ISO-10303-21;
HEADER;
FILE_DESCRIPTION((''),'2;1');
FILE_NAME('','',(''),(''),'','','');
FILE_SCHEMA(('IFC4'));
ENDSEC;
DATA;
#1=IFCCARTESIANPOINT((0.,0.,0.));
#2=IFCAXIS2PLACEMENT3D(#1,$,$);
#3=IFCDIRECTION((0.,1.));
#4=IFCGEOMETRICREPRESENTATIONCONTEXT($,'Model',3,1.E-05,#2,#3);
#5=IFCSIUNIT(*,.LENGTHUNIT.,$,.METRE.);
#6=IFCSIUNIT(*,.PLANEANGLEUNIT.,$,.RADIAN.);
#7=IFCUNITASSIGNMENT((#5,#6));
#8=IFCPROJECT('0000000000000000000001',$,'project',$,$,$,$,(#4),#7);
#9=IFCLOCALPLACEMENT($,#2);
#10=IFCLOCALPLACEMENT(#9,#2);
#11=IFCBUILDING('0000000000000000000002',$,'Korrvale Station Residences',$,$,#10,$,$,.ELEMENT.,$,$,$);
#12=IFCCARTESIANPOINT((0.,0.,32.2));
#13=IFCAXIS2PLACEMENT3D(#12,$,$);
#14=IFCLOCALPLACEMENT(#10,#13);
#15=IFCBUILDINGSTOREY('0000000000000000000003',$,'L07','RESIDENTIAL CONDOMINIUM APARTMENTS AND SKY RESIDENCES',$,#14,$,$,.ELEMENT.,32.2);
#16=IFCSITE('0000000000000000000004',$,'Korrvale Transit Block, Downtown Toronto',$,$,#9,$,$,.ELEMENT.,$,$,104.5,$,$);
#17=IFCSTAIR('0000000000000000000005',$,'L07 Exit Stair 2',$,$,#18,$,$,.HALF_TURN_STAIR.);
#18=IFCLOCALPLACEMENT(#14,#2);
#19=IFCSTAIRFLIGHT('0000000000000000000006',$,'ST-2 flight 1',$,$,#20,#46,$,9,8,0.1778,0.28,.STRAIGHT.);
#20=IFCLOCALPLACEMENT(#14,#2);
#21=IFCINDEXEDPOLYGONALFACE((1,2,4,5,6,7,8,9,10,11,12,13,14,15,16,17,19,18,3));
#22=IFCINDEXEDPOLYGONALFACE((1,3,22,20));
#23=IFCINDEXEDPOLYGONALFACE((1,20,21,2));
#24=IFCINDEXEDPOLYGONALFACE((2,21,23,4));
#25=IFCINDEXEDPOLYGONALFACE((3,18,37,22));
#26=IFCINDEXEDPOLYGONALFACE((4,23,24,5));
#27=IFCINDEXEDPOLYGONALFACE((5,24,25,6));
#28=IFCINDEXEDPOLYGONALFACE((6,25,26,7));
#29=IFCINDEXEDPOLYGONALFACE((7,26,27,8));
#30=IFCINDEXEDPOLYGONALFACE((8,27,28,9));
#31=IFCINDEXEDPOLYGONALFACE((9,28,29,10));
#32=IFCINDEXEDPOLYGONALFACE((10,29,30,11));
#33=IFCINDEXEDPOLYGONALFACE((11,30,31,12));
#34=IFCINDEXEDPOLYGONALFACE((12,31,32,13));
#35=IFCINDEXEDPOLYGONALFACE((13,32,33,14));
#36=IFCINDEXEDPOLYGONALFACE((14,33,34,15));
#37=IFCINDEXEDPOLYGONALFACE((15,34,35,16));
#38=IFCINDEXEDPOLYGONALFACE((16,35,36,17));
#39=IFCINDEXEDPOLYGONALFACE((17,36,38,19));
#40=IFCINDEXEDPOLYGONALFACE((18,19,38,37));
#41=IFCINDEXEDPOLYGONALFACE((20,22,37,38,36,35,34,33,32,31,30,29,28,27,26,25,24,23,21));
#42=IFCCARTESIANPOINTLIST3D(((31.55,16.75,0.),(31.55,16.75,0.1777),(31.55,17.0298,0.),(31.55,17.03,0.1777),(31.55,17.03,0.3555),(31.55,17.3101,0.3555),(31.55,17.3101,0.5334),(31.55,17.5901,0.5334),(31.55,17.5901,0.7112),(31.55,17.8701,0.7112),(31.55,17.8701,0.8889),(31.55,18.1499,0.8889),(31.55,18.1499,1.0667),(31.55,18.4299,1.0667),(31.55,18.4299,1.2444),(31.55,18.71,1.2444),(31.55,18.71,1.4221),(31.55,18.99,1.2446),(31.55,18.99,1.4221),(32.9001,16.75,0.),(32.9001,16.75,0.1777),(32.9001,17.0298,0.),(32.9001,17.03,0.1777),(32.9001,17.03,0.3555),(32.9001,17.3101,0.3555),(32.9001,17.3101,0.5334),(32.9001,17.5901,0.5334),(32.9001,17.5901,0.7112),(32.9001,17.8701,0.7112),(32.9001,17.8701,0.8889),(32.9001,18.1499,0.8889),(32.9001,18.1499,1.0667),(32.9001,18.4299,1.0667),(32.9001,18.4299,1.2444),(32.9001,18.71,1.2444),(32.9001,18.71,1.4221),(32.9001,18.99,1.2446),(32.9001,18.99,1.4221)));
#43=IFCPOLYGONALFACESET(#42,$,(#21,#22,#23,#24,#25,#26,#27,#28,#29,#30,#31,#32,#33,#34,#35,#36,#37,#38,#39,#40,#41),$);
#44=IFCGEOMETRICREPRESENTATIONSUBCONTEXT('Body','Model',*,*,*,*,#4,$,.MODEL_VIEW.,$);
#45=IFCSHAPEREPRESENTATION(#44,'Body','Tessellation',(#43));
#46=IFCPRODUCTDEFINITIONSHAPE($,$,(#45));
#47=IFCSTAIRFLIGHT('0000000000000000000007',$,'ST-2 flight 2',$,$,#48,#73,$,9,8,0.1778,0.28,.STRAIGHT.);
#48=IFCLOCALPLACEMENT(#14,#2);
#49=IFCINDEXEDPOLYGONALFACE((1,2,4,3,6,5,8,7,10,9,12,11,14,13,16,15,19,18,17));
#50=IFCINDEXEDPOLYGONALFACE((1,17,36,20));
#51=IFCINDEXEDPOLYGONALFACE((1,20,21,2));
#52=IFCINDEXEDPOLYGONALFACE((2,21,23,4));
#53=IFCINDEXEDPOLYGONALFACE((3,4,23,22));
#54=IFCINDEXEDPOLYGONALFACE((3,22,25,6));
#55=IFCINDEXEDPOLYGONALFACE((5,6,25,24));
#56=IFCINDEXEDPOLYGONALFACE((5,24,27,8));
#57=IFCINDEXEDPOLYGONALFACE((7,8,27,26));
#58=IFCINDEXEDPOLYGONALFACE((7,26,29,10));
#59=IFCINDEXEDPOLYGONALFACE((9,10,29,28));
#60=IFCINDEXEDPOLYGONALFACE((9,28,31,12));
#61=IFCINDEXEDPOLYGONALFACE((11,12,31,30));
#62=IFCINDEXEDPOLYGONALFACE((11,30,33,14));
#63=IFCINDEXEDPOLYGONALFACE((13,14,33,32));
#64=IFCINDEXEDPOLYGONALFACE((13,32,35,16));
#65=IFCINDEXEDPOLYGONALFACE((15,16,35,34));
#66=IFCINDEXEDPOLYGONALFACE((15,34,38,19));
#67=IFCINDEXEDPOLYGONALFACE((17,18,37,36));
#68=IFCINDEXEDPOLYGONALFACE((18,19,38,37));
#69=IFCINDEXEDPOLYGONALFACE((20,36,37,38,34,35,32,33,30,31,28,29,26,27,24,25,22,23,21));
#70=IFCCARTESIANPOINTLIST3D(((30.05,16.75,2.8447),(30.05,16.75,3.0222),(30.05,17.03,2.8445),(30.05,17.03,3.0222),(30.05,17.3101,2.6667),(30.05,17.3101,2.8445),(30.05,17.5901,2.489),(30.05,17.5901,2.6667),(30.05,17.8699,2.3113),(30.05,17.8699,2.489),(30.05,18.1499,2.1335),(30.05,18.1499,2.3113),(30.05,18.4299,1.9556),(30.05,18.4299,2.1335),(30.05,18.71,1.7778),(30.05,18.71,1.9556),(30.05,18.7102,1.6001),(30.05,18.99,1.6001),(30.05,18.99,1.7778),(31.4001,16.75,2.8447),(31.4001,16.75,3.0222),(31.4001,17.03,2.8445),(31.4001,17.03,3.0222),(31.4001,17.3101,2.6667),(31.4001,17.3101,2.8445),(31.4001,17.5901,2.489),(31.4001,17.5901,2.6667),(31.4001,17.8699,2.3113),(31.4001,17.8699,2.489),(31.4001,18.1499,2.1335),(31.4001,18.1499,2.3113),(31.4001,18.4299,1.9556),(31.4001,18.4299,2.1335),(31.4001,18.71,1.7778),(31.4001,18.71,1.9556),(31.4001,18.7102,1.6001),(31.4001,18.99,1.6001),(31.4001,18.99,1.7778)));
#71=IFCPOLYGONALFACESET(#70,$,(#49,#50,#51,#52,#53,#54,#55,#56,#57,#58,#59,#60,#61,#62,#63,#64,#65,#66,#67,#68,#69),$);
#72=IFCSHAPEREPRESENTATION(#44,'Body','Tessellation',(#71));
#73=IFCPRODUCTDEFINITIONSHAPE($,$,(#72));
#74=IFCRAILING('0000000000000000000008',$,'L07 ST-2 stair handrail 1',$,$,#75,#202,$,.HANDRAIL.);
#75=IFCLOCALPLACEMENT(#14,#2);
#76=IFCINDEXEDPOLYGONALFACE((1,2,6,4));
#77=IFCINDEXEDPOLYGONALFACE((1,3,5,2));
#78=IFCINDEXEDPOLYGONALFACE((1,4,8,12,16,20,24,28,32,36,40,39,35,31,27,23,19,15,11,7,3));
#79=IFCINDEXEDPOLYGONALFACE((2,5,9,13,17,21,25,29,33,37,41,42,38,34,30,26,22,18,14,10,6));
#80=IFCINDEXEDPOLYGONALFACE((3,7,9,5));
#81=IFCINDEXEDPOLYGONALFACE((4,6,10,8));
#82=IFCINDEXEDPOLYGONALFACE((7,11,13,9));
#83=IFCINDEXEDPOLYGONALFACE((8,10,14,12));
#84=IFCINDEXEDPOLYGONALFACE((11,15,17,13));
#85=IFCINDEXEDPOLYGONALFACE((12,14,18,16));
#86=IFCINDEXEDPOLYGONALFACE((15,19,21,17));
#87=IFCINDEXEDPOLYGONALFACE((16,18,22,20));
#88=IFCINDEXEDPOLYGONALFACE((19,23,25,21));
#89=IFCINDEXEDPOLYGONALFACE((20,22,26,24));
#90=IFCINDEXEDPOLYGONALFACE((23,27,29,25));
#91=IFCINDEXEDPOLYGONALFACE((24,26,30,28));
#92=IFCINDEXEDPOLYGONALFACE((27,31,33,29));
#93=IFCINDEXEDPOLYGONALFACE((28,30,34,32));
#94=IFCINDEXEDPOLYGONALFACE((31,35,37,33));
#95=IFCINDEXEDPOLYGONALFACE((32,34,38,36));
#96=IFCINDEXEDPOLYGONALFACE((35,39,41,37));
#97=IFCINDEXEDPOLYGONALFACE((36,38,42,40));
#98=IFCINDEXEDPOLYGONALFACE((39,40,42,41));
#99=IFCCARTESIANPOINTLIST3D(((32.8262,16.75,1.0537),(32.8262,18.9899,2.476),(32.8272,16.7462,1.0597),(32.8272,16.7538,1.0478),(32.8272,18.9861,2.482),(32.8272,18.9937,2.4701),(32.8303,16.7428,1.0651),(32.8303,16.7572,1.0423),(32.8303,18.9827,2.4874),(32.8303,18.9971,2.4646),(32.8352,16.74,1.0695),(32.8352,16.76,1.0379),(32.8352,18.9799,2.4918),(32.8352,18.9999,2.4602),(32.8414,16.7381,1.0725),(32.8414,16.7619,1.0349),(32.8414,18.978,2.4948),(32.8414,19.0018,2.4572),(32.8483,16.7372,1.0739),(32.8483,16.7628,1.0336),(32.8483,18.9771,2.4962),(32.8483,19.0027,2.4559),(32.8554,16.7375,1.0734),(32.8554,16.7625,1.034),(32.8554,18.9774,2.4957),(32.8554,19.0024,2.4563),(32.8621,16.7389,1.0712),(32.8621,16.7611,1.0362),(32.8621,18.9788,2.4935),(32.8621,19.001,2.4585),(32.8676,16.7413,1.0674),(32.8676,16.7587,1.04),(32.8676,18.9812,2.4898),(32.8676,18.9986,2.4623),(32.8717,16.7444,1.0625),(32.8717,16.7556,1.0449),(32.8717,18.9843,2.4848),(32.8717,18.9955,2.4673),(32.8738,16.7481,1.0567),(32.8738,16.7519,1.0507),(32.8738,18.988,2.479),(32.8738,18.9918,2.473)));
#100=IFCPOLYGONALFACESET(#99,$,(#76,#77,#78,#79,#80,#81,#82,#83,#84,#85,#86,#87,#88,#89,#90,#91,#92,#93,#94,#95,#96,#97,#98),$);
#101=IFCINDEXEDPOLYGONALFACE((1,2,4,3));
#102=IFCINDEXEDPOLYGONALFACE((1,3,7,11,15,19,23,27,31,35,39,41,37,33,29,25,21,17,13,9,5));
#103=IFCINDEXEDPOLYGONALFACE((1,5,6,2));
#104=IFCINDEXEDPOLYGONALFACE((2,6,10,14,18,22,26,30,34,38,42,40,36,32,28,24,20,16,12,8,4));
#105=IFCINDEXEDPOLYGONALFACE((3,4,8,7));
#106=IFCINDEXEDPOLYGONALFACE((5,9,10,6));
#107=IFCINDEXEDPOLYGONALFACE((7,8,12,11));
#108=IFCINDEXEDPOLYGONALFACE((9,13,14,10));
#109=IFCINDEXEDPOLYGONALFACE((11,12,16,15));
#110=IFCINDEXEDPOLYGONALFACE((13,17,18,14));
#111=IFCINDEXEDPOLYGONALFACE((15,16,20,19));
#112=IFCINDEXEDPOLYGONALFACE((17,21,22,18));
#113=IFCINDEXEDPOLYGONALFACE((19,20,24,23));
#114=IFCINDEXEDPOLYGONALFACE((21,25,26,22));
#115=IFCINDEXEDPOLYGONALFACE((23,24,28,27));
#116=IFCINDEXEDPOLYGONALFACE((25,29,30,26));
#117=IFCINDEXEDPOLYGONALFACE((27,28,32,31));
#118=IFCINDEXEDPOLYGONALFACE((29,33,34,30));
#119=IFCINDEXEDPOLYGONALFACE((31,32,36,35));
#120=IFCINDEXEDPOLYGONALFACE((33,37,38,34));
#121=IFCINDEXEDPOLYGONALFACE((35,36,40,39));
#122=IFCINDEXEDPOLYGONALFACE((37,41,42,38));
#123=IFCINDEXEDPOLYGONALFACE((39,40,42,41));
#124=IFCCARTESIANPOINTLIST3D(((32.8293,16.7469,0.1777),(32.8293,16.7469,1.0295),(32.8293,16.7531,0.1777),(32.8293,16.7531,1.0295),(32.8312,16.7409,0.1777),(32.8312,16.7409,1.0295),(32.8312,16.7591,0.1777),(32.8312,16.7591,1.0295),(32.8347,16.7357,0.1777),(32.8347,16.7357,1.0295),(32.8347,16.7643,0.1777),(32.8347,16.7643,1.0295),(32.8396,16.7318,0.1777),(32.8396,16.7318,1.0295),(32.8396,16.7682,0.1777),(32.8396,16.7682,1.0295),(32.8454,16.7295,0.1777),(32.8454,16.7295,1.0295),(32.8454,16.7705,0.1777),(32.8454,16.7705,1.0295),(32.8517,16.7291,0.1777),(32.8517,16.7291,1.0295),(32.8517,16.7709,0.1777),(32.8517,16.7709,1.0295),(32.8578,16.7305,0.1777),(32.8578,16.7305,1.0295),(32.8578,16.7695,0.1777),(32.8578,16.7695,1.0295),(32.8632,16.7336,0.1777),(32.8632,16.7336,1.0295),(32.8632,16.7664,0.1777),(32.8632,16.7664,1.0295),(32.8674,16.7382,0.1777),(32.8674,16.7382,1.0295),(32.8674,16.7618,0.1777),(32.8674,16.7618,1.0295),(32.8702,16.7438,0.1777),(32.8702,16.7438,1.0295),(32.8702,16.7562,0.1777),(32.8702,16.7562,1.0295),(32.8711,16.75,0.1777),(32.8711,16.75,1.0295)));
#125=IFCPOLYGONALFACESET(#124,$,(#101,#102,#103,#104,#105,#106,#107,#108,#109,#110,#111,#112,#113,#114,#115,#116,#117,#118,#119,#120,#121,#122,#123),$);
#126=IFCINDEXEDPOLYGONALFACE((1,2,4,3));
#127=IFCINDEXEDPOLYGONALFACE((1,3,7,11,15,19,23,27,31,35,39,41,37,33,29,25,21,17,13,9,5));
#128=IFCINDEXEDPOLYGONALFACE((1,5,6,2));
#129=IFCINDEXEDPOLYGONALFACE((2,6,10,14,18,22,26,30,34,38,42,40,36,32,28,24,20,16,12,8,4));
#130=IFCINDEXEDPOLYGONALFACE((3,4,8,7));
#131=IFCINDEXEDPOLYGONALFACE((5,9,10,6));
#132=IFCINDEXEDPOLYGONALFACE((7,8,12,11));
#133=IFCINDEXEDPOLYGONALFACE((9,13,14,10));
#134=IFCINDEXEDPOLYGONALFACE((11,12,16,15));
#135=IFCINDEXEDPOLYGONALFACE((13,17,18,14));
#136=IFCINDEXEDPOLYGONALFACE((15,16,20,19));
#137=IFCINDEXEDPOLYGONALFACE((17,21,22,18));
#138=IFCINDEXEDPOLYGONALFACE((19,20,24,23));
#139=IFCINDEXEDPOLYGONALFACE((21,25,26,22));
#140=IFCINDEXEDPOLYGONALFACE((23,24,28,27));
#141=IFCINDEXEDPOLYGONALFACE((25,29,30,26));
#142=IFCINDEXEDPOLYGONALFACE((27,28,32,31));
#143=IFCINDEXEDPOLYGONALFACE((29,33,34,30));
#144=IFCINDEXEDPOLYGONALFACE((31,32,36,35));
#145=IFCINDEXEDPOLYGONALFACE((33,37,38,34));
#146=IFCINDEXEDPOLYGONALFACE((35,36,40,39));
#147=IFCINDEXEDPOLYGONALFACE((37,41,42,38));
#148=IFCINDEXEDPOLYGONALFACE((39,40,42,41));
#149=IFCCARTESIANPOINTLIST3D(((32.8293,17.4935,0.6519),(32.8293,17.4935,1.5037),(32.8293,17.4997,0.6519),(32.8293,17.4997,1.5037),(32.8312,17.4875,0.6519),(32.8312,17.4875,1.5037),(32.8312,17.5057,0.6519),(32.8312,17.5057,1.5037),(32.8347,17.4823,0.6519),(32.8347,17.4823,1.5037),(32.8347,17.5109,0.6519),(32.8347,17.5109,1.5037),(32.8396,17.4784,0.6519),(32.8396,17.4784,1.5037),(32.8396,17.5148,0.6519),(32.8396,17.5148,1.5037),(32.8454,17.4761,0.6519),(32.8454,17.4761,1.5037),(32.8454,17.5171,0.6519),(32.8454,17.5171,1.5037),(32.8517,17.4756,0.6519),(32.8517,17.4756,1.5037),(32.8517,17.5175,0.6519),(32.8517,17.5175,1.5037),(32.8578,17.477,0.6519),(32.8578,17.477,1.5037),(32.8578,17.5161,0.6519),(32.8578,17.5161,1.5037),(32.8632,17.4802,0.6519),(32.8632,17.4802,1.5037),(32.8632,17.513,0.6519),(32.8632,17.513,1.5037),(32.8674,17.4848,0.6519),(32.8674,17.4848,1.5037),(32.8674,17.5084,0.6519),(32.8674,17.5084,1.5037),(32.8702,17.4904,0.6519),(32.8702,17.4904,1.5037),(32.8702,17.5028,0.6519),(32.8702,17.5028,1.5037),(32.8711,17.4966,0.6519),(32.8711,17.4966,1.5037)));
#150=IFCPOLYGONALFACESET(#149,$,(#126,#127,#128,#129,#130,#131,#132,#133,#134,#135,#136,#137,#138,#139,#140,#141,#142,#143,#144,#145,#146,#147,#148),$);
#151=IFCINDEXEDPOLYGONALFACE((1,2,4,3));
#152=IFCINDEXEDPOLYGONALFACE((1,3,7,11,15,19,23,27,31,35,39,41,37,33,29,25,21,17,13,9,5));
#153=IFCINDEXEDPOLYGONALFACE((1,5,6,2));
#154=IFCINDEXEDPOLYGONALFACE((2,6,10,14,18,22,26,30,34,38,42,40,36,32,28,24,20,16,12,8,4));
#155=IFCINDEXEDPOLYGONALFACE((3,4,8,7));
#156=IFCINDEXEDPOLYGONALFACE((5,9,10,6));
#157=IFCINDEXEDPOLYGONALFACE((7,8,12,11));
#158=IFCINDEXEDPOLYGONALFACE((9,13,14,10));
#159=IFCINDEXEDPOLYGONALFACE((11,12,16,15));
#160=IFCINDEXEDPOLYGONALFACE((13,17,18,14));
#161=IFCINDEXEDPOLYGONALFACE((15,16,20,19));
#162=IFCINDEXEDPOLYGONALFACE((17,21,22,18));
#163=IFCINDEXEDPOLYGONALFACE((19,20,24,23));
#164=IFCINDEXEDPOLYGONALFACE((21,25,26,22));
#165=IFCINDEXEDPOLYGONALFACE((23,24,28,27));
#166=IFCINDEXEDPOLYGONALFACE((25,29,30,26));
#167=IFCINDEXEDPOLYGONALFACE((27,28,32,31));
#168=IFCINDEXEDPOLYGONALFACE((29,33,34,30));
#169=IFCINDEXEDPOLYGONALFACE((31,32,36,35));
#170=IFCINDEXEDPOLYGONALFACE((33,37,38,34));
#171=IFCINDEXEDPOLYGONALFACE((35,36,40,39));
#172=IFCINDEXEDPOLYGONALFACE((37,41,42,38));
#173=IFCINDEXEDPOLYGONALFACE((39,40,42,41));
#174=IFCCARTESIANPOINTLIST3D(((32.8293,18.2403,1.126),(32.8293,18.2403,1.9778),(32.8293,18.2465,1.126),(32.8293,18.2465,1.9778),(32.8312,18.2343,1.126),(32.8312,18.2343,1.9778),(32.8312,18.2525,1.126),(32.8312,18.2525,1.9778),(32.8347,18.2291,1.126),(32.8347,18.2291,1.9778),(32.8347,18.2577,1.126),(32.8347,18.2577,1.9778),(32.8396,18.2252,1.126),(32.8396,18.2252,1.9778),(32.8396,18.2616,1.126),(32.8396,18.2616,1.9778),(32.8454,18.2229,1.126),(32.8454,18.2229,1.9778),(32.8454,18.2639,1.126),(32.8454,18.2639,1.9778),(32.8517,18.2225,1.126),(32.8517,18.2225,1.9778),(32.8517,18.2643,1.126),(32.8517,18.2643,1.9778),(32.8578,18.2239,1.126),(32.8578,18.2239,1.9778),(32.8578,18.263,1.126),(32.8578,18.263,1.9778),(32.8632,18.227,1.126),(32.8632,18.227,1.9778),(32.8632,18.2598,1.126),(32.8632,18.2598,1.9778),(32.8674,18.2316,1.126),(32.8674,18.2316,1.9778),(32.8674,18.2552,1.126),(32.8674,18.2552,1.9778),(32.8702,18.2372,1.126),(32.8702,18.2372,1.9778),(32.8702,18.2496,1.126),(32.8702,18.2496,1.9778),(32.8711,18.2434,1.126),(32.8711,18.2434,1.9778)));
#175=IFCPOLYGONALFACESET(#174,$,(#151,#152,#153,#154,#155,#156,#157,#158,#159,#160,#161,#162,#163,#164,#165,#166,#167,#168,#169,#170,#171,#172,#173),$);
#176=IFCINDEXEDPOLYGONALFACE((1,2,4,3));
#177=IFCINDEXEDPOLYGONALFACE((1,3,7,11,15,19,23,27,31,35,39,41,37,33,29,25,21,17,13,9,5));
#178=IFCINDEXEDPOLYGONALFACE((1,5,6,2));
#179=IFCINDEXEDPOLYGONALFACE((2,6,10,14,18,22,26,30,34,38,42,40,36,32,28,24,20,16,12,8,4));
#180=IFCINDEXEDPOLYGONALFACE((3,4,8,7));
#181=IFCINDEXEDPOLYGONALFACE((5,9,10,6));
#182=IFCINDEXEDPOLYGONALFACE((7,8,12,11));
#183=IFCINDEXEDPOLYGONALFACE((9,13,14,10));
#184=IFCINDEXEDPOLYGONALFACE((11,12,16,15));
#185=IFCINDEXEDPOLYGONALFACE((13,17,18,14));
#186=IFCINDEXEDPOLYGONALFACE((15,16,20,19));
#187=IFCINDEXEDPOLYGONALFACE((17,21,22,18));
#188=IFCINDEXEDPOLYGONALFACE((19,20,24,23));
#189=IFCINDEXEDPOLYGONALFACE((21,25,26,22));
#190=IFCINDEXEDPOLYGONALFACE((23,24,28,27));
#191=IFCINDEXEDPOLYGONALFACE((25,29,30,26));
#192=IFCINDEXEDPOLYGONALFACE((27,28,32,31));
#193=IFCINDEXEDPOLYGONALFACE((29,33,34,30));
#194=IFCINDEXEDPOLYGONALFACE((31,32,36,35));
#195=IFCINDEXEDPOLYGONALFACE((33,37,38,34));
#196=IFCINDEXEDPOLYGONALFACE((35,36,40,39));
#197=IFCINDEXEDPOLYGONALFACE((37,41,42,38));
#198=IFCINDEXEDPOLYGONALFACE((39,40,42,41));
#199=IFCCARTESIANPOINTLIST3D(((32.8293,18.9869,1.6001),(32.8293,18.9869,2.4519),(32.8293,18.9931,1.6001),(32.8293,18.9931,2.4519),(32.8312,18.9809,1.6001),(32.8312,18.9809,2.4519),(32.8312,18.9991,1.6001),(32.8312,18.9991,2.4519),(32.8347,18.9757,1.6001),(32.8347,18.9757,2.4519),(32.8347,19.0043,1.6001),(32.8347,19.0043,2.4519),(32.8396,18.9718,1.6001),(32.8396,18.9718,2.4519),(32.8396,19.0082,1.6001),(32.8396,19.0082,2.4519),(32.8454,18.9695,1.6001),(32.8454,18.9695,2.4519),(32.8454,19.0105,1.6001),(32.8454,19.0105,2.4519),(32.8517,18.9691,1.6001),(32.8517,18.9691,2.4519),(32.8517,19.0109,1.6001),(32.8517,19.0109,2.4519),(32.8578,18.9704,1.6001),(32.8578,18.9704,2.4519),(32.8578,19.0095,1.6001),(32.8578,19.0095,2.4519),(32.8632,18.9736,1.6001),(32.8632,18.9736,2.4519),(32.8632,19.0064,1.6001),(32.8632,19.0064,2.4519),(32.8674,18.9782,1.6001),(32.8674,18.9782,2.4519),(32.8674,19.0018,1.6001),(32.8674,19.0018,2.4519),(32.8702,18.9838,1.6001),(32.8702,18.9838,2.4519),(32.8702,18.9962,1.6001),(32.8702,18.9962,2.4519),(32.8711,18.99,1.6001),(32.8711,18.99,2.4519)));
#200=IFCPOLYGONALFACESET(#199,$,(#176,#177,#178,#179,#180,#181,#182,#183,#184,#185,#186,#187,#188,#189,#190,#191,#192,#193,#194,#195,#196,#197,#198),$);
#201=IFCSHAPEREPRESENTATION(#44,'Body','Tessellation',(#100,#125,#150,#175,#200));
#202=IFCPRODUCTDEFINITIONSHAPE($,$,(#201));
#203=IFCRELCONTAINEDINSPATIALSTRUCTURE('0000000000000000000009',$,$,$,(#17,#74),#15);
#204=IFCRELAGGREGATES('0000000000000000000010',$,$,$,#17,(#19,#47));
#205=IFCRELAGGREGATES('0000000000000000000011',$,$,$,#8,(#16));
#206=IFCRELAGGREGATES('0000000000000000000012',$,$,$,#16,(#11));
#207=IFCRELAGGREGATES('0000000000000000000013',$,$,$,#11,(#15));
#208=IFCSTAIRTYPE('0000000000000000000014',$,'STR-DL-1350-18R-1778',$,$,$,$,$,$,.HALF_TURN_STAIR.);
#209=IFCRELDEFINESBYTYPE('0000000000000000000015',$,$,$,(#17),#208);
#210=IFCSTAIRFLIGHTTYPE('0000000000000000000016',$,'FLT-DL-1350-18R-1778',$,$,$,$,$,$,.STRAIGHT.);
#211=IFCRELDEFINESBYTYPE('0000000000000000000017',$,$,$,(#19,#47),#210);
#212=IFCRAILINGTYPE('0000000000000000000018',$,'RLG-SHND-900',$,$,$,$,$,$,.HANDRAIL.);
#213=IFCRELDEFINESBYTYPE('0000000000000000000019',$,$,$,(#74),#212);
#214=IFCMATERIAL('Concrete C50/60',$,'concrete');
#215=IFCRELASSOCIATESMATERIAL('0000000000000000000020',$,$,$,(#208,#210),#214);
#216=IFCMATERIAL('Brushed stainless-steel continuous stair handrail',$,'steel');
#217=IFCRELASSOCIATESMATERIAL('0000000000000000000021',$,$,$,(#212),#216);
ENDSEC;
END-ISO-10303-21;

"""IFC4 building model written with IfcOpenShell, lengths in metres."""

from ifc_helpers import new_model, si_unit, direction, frame, origin, origin_2d, place, context, subcontext, project, spatial, polyline, circle, outline, extrude, material, type_object, element, aggregate, save


model = new_model("IFC4")

# Units and contexts
model_context = context("Model", 3, precision=1e-05, world=origin(), true_north=direction((0.0, 1.0)))
body_context = subcontext(model_context, "Body", "Model", "MODEL_VIEW")
ifc_project = project(units=[si_unit("LENGTHUNIT", "METRE"), si_unit("PLANEANGLEUNIT", "RADIAN")], contexts=[model_context])

# Site, building, storey
site_placement = place(None, origin())
site = spatial("IfcSite", under=ifc_project, at=site_placement, Name="Korrvale Transit Block, Downtown Toronto", CompositionType="ELEMENT", RefElevation=104.5)
building_placement = place(site_placement, origin())
building = spatial("IfcBuilding", under=site, at=building_placement, Name="Korrvale Station Residences", CompositionType="ELEMENT")
storey_placement = place(building_placement, frame((0.0, 0.0, 32.2)))
storey = spatial("IfcBuildingStorey", under=building, at=storey_placement, Name="L07", Description="RESIDENTIAL CONDOMINIUM APARTMENTS AND SKY RESIDENCES", CompositionType="ELEMENT", Elevation=32.2)

# Stair, stair flights
ifc_material_1 = material(Name="Concrete C50/60", Category="concrete")
stair_type = type_object("IfcStairType", Name="STR-DL-1350-18R-1778", PredefinedType="HALF_TURN_STAIR", material=ifc_material_1)
stair_placement = place(storey_placement, origin())
stair = element("IfcStair", 1, at=stair_placement, inside=storey, type_object=stair_type, Name="L07 Exit Stair 2", PredefinedType="HALF_TURN_STAIR")
stair_flight_type = type_object("IfcStairFlightType", Name="FLT-DL-1350-18R-1778", PredefinedType="STRAIGHT", material=ifc_material_1)
stair_flight_1_placement = place(storey_placement, frame((32.2251, 16.75, 0.0), z_axis=(0.0, 0.0, 1.0), x_axis=(0.0, 1.0, 0.0)))
stair_flight_1 = element("IfcStairFlight", 2, at=stair_flight_1_placement, type_object=stair_flight_type, Name="ST-2 flight 1", NumberOfRisers=9, NumberOfTreads=8, PredefinedType="STRAIGHT", RiserHeight=0.1778, TreadLength=0.28, context=body_context, shape_type="SweptSolid", body=[
    extrude(outline(polyline([(0.0, 0.0), (0.0, 0.1777), (0.28, 0.1777), (0.28, 0.3555), (0.5601, 0.3555), (0.5601, 0.5334), (0.8401, 0.5334), (0.8401, 0.7112), (1.1201, 0.7112), (1.1201, 0.8889), (1.3999, 0.8889), (1.3999, 1.0667), (1.6799, 1.0667), (1.6799, 1.2444), (1.96, 1.2444), (1.96, 1.4221), (2.24, 1.4221), (2.24, 1.6001), (2.24, 1.2446), (0.2798, 0.0), (0.0, 0.0)])), frame((0.0, 0.675, 0.0), z_axis=(0.0, -1.0, 0.0), x_axis=(1.0, 0.0, 0.0)), (0.0, 0.0, 1.0), 1.3501),
])
stair_flight_2_placement = place(storey_placement, frame((30.7251, 18.99, 1.6001), z_axis=(0.0, 0.0, 1.0), x_axis=(0.0, -1.0, 0.0)))
stair_flight_2 = element("IfcStairFlight", 3, at=stair_flight_2_placement, type_object=stair_flight_type, Name="ST-2 flight 2", NumberOfRisers=9, NumberOfTreads=8, PredefinedType="STRAIGHT", RiserHeight=0.1778, TreadLength=0.28, context=body_context, shape_type="SweptSolid", body=[
    extrude(outline(polyline([(0.0, 0.0), (0.0, 0.1777), (0.28, 0.1777), (0.28, 0.3555), (0.5601, 0.3555), (0.5601, 0.5334), (0.8401, 0.5334), (0.8401, 0.7112), (1.1201, 0.7112), (1.1201, 0.8889), (1.3999, 0.8889), (1.3999, 1.0667), (1.6799, 1.0667), (1.6799, 1.2444), (1.96, 1.2444), (1.96, 1.4221), (2.24, 1.4221), (2.24, 1.6001), (2.24, 1.2446), (0.2798, 0.0), (0.0, 0.0)])), frame((0.0, 0.675, 0.0), z_axis=(0.0, -1.0, 0.0), x_axis=(1.0, 0.0, 0.0)), (0.0, 0.0, 1.0), 1.3501),
])
aggregate(stair, [stair_flight_1, stair_flight_2])

# Railing
ifc_material_2 = material(Name="Brushed stainless-steel continuous stair handrail", Category="steel")
railing_type_1 = type_object("IfcRailingType", Name="RLG-SHND-900", PredefinedType="HANDRAIL", material=ifc_material_2)
railing_1_placement = place(storey_placement, frame((32.8501, 16.75, 0.1777)))
element("IfcRailing", 4, at=railing_1_placement, inside=storey, type_object=railing_type_1, Name="L07 ST-2 stair handrail 1", PredefinedType="HANDRAIL", context=body_context, shape_type="SweptSolid", body=[
    extrude(circle(Radius=0.0239, at=origin_2d()), frame((0.0, 0.0, 0.876), z_axis=(0.0, 0.844188, 0.536048), x_axis=(-1.0, 0.0, 0.0)), (0.0, 0.0, 1.0), 2.6533),
    extrude(circle(Radius=0.021, at=origin_2d()), origin(), (0.0, 0.0, 1.0), 0.8518),
    extrude(circle(Radius=0.021, at=origin_2d()), frame((0.0, 0.7466, 0.4741)), (0.0, 0.0, 1.0), 0.8518),
    extrude(circle(Radius=0.021, at=origin_2d()), frame((0.0, 1.4934, 0.9482)), (0.0, 0.0, 1.0), 0.8518),
    extrude(circle(Radius=0.021, at=origin_2d()), frame((0.0, 2.24, 1.4224)), (0.0, 0.0, 1.0), 0.8518),
])

save(model, "model.ifc")
